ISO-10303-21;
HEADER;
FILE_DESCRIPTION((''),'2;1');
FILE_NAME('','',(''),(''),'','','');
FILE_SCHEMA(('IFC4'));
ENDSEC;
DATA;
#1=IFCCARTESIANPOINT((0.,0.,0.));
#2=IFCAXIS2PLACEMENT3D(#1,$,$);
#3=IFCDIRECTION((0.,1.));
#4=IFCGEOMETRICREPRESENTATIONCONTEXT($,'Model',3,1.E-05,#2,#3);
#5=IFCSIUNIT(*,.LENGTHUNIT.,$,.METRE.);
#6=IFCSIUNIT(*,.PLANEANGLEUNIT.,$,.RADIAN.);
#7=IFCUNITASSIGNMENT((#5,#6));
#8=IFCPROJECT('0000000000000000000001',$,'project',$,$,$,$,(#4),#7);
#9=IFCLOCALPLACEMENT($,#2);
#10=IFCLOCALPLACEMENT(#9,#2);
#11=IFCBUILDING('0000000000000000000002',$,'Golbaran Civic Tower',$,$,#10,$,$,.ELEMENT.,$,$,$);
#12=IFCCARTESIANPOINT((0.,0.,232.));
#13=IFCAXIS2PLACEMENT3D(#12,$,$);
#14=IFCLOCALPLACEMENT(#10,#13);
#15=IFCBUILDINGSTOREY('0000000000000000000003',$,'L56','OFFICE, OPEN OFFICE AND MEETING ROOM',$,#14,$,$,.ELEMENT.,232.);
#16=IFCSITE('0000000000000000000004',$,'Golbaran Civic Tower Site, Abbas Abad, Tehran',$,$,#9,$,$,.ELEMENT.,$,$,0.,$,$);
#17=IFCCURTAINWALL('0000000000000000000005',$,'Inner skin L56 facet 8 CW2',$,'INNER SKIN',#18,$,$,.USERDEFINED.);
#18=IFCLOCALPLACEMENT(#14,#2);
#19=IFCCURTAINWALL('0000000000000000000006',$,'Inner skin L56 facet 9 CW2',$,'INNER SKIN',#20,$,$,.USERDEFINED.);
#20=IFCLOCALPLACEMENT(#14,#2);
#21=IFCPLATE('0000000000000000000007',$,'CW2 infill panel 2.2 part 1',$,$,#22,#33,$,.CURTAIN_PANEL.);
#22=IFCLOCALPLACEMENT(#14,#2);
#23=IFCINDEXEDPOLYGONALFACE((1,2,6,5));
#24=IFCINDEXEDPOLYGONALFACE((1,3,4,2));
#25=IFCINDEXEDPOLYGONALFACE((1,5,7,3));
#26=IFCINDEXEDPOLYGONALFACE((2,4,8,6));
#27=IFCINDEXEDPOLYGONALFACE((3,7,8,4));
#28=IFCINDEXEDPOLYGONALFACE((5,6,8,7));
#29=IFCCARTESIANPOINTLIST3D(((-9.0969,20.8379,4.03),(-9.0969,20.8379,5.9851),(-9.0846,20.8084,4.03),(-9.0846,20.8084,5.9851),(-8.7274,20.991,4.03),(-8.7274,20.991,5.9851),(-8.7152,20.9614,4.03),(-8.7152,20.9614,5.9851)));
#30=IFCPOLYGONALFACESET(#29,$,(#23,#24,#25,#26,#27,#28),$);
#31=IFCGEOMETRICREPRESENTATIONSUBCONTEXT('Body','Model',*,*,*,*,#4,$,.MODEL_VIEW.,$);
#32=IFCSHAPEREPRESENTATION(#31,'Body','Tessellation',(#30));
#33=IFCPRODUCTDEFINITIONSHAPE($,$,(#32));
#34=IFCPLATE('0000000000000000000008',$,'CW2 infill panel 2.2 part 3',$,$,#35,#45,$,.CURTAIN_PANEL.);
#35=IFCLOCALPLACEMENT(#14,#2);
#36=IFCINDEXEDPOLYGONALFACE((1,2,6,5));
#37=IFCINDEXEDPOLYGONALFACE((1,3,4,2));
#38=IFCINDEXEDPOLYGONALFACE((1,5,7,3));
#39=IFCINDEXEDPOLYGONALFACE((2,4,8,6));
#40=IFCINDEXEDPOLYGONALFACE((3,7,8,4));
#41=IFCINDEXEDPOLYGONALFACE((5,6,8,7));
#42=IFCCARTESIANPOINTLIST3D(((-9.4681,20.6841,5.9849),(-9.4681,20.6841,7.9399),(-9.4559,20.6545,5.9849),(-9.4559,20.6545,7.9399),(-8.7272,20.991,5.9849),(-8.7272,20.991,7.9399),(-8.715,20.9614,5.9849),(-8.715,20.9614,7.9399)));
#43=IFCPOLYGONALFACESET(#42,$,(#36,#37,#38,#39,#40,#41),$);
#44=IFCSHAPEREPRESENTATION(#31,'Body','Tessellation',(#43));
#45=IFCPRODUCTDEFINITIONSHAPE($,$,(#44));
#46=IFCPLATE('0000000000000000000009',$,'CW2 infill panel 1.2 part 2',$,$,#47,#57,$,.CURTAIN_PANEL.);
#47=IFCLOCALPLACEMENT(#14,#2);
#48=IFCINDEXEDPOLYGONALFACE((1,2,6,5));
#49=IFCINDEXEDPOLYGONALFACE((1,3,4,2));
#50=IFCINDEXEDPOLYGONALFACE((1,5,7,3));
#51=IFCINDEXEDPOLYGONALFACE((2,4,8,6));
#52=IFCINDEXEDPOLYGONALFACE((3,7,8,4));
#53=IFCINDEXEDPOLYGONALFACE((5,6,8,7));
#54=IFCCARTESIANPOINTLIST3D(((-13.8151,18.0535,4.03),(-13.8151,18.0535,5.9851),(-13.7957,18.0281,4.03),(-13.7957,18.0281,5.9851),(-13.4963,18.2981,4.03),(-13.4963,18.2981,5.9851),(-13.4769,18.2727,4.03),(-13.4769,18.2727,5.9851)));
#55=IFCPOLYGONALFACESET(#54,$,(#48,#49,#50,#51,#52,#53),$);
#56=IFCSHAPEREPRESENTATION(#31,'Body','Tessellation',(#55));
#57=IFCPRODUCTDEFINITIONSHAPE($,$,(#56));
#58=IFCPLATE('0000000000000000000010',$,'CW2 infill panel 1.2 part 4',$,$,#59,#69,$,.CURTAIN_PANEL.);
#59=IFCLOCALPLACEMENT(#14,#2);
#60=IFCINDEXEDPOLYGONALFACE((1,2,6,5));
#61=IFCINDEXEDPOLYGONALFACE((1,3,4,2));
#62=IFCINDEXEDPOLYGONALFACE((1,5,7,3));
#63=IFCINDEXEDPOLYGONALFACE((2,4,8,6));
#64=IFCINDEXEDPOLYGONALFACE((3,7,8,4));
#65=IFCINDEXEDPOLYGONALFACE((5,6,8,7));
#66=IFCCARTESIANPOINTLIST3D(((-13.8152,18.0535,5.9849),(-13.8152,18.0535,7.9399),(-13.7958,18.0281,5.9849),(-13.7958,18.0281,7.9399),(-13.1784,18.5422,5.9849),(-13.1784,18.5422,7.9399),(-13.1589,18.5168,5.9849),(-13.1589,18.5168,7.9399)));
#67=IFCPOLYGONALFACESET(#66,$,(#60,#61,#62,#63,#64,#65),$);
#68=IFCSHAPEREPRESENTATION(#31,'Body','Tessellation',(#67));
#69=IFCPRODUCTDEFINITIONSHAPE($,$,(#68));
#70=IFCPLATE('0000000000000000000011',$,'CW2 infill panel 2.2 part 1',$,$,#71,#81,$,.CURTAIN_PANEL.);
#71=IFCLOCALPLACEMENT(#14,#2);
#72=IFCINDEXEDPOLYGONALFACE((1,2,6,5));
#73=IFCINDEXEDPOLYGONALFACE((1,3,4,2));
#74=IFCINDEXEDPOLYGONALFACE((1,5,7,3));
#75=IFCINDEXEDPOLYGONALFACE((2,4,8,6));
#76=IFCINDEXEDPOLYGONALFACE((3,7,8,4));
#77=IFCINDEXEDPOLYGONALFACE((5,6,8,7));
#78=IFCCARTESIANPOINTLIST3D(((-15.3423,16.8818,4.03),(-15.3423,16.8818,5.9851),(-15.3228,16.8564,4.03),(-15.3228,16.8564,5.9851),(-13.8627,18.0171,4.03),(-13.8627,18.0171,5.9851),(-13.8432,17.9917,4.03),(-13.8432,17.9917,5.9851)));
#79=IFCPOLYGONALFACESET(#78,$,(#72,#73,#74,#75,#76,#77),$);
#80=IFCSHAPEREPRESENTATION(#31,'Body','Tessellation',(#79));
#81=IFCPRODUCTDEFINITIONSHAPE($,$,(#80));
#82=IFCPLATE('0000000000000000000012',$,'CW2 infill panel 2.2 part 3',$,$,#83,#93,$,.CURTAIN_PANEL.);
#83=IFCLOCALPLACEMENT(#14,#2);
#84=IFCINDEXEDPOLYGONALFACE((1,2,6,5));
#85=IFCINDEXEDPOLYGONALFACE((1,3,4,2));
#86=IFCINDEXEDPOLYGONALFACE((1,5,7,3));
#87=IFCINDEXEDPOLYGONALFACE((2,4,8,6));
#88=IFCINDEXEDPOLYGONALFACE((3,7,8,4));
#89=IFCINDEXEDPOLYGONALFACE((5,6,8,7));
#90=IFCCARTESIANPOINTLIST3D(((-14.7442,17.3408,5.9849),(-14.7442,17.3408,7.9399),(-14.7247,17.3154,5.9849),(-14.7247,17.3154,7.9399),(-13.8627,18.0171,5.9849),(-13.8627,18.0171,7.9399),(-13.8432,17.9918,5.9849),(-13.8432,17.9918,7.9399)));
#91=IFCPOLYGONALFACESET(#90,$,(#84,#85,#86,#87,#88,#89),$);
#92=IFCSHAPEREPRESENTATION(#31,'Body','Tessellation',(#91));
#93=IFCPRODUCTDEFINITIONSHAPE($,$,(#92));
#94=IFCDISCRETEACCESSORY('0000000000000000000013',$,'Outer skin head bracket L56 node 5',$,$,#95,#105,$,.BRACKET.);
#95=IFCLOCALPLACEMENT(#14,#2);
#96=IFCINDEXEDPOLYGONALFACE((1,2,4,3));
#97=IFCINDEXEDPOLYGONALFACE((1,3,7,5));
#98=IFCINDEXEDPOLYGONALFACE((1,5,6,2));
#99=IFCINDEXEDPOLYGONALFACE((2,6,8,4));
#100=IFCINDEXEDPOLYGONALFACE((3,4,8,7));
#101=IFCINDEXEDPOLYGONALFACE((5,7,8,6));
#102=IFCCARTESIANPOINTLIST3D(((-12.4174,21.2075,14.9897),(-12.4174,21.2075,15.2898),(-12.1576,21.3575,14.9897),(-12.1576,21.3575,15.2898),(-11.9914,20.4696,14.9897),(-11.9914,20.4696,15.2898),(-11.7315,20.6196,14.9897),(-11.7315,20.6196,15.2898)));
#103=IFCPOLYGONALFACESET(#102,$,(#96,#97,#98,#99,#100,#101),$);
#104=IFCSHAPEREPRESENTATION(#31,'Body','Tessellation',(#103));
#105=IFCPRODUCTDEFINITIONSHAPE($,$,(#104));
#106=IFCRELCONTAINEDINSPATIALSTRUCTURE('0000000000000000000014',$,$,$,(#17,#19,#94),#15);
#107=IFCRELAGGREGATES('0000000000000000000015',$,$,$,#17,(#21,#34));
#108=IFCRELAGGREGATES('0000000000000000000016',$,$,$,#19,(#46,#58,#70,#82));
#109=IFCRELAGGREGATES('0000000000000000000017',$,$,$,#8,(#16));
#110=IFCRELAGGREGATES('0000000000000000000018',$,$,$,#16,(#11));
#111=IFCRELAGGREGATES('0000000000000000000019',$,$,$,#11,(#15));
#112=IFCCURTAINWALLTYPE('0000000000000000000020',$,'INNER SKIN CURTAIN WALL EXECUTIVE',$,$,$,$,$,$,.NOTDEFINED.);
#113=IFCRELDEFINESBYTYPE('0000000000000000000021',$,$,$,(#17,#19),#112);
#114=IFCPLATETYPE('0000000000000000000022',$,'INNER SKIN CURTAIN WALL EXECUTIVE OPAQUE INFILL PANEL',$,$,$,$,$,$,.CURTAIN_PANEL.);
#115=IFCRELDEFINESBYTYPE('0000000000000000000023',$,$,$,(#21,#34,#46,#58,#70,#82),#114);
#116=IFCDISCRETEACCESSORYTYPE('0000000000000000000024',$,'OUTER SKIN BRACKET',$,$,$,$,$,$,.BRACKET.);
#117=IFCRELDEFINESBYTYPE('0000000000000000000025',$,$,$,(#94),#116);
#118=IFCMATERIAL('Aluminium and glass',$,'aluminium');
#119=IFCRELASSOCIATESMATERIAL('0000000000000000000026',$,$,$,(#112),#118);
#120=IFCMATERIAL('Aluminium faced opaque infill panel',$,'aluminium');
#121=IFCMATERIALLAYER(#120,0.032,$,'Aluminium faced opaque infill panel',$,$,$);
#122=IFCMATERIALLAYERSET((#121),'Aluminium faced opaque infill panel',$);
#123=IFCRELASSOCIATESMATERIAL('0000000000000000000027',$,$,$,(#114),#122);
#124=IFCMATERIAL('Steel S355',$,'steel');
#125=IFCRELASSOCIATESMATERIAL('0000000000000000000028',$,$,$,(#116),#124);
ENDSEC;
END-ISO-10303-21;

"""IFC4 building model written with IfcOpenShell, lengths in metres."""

from ifc_helpers import new_model, si_unit, direction, frame, origin, origin_2d, place, context, subcontext, project, spatial, rectangle, extrude, material, layer, layer_set, type_object, element, aggregate, save


model = new_model("IFC4")

# Units and contexts
model_context = context("Model", 3, precision=1e-05, world=origin(), true_north=direction((0.0, 1.0)))
body_context = subcontext(model_context, "Body", "Model", "MODEL_VIEW")
ifc_project = project(units=[si_unit("LENGTHUNIT", "METRE"), si_unit("PLANEANGLEUNIT", "RADIAN")], contexts=[model_context])

# Site, building, storey
site_placement = place(None, origin())
site = spatial("IfcSite", under=ifc_project, at=site_placement, Name="Golbaran Civic Tower Site, Abbas Abad, Tehran", CompositionType="ELEMENT", RefElevation=0.0)
building_placement = place(site_placement, origin())
building = spatial("IfcBuilding", under=site, at=building_placement, Name="Golbaran Civic Tower", CompositionType="ELEMENT")
storey_placement = place(building_placement, frame((0.0, 0.0, 232.0)))
storey = spatial("IfcBuildingStorey", under=building, at=storey_placement, Name="L56", Description="OFFICE, OPEN OFFICE AND MEETING ROOM", CompositionType="ELEMENT", Elevation=232.0)

# Shared definitions
ifc_material_1 = material(Name="Steel S355", Category="steel")

# Curtain walls
ifc_material_2 = material(Name="Aluminium and glass", Category="aluminium")
curtain_wall_type = type_object("IfcCurtainWallType", Name="INNER SKIN CURTAIN WALL EXECUTIVE", PredefinedType="NOTDEFINED", material=ifc_material_2)
curtain_wall_1_placement = place(storey_placement, origin())
curtain_wall_1 = element("IfcCurtainWall", 1, at=curtain_wall_1_placement, inside=storey, type_object=curtain_wall_type, Name="Inner skin L56 facet 8 CW2", ObjectType="INNER SKIN", PredefinedType="USERDEFINED")
curtain_wall_2_placement = place(storey_placement, origin())
curtain_wall_2 = element("IfcCurtainWall", 2, at=curtain_wall_2_placement, inside=storey, type_object=curtain_wall_type, Name="Inner skin L56 facet 9 CW2", ObjectType="INNER SKIN", PredefinedType="USERDEFINED")

# Plates
ifc_material_3 = material(Name="Aluminium faced opaque infill panel", Category="aluminium")
ifc_layer_1 = layer(ifc_material_3, 0.032, Name="Aluminium faced opaque infill panel")
ifc_layer_set_1 = layer_set([ifc_layer_1], Name="Aluminium faced opaque infill panel")
plate_type_1 = type_object("IfcPlateType", Name="INNER SKIN CURTAIN WALL EXECUTIVE OPAQUE INFILL PANEL", PredefinedType="CURTAIN_PANEL", material=ifc_layer_set_1)
plate_1_placement = place(storey_placement, frame((-8.906, 20.8997, 4.03), z_axis=(0.0, 0.0, 1.0), x_axis=(-0.92388, -0.382683, 0.0)))
plate_1 = element("IfcPlate", 3, at=plate_1_placement, type_object=plate_type_1, Name="CW2 infill panel 2.2 part 1", PredefinedType="CURTAIN_PANEL", context=body_context, shape_type="SweptSolid", body=[
    extrude(rectangle(XDim=0.3999, YDim=0.032, at=origin_2d()), origin(), (0.0, 0.0, 1.0), 1.9551),
])
plate_2_placement = place(storey_placement, frame((-9.0916, 20.8228, 5.9849), z_axis=(0.0, 0.0, 1.0), x_axis=(-0.92388, -0.382683, 0.0)))
plate_2 = element("IfcPlate", 4, at=plate_2_placement, type_object=plate_type_1, Name="CW2 infill panel 2.2 part 3", PredefinedType="CURTAIN_PANEL", context=body_context, shape_type="SweptSolid", body=[
    extrude(rectangle(XDim=0.802, YDim=0.032, at=origin_2d()), origin(), (0.0, 0.0, 1.0), 1.9551),
])
aggregate(curtain_wall_1, [plate_1, plate_2])
plate_3_placement = place(storey_placement, frame((-13.646, 18.1631, 4.03), z_axis=(0.0, 0.0, 1.0), x_axis=(-0.793353, -0.608761, 0.0)))
plate_3 = element("IfcPlate", 5, at=plate_3_placement, type_object=plate_type_1, Name="CW2 infill panel 1.2 part 2", PredefinedType="CURTAIN_PANEL", context=body_context, shape_type="SweptSolid", body=[
    extrude(rectangle(XDim=0.4019, YDim=0.032, at=origin_2d()), origin(), (0.0, 0.0, 1.0), 1.9551),
])
plate_4_placement = place(storey_placement, frame((-13.4871, 18.2852, 5.9849), z_axis=(0.0, 0.0, 1.0), x_axis=(-0.793353, -0.608761, 0.0)))
plate_4 = element("IfcPlate", 6, at=plate_4_placement, type_object=plate_type_1, Name="CW2 infill panel 1.2 part 4", PredefinedType="CURTAIN_PANEL", context=body_context, shape_type="SweptSolid", body=[
    extrude(rectangle(XDim=0.8027, YDim=0.032, at=origin_2d()), origin(), (0.0, 0.0, 1.0), 1.9551),
])
plate_5_placement = place(storey_placement, frame((-14.5928, 17.4368, 4.03), z_axis=(0.0, 0.0, 1.0), x_axis=(-0.793353, -0.608761, 0.0)))
plate_5 = element("IfcPlate", 7, at=plate_5_placement, type_object=plate_type_1, Name="CW2 infill panel 2.2 part 1", PredefinedType="CURTAIN_PANEL", context=body_context, shape_type="SweptSolid", body=[
    extrude(rectangle(XDim=1.865, YDim=0.032, at=origin_2d()), origin(), (0.0, 0.0, 1.0), 1.9551),
])
plate_6_placement = place(storey_placement, frame((-14.2937, 17.6663, 5.9849), z_axis=(0.0, 0.0, 1.0), x_axis=(-0.793353, -0.608761, 0.0)))
plate_6 = element("IfcPlate", 8, at=plate_6_placement, type_object=plate_type_1, Name="CW2 infill panel 2.2 part 3", PredefinedType="CURTAIN_PANEL", context=body_context, shape_type="SweptSolid", body=[
    extrude(rectangle(XDim=1.1111, YDim=0.032, at=origin_2d()), origin(), (0.0, 0.0, 1.0), 1.9551),
])
aggregate(curtain_wall_2, [plate_3, plate_4, plate_5, plate_6])

# Discrete accessory
discrete_accessory_type = type_object("IfcDiscreteAccessoryType", Name="OUTER SKIN BRACKET", PredefinedType="BRACKET", material=ifc_material_1)
discrete_accessory_placement = place(storey_placement, frame((-12.0745, 20.9136, 14.9897), z_axis=(0.0, 0.0, 1.0), x_axis=(-0.5, 0.866025, 0.0)))
element("IfcDiscreteAccessory", 9, at=discrete_accessory_placement, inside=storey, type_object=discrete_accessory_type, Name="Outer skin head bracket L56 node 5", PredefinedType="BRACKET", context=body_context, shape_type="SweptSolid", body=[
    extrude(rectangle(XDim=0.8521, YDim=0.3, at=origin_2d()), origin(), (0.0, 0.0, 1.0), 0.3),
])

save(model, "model.ifc")
